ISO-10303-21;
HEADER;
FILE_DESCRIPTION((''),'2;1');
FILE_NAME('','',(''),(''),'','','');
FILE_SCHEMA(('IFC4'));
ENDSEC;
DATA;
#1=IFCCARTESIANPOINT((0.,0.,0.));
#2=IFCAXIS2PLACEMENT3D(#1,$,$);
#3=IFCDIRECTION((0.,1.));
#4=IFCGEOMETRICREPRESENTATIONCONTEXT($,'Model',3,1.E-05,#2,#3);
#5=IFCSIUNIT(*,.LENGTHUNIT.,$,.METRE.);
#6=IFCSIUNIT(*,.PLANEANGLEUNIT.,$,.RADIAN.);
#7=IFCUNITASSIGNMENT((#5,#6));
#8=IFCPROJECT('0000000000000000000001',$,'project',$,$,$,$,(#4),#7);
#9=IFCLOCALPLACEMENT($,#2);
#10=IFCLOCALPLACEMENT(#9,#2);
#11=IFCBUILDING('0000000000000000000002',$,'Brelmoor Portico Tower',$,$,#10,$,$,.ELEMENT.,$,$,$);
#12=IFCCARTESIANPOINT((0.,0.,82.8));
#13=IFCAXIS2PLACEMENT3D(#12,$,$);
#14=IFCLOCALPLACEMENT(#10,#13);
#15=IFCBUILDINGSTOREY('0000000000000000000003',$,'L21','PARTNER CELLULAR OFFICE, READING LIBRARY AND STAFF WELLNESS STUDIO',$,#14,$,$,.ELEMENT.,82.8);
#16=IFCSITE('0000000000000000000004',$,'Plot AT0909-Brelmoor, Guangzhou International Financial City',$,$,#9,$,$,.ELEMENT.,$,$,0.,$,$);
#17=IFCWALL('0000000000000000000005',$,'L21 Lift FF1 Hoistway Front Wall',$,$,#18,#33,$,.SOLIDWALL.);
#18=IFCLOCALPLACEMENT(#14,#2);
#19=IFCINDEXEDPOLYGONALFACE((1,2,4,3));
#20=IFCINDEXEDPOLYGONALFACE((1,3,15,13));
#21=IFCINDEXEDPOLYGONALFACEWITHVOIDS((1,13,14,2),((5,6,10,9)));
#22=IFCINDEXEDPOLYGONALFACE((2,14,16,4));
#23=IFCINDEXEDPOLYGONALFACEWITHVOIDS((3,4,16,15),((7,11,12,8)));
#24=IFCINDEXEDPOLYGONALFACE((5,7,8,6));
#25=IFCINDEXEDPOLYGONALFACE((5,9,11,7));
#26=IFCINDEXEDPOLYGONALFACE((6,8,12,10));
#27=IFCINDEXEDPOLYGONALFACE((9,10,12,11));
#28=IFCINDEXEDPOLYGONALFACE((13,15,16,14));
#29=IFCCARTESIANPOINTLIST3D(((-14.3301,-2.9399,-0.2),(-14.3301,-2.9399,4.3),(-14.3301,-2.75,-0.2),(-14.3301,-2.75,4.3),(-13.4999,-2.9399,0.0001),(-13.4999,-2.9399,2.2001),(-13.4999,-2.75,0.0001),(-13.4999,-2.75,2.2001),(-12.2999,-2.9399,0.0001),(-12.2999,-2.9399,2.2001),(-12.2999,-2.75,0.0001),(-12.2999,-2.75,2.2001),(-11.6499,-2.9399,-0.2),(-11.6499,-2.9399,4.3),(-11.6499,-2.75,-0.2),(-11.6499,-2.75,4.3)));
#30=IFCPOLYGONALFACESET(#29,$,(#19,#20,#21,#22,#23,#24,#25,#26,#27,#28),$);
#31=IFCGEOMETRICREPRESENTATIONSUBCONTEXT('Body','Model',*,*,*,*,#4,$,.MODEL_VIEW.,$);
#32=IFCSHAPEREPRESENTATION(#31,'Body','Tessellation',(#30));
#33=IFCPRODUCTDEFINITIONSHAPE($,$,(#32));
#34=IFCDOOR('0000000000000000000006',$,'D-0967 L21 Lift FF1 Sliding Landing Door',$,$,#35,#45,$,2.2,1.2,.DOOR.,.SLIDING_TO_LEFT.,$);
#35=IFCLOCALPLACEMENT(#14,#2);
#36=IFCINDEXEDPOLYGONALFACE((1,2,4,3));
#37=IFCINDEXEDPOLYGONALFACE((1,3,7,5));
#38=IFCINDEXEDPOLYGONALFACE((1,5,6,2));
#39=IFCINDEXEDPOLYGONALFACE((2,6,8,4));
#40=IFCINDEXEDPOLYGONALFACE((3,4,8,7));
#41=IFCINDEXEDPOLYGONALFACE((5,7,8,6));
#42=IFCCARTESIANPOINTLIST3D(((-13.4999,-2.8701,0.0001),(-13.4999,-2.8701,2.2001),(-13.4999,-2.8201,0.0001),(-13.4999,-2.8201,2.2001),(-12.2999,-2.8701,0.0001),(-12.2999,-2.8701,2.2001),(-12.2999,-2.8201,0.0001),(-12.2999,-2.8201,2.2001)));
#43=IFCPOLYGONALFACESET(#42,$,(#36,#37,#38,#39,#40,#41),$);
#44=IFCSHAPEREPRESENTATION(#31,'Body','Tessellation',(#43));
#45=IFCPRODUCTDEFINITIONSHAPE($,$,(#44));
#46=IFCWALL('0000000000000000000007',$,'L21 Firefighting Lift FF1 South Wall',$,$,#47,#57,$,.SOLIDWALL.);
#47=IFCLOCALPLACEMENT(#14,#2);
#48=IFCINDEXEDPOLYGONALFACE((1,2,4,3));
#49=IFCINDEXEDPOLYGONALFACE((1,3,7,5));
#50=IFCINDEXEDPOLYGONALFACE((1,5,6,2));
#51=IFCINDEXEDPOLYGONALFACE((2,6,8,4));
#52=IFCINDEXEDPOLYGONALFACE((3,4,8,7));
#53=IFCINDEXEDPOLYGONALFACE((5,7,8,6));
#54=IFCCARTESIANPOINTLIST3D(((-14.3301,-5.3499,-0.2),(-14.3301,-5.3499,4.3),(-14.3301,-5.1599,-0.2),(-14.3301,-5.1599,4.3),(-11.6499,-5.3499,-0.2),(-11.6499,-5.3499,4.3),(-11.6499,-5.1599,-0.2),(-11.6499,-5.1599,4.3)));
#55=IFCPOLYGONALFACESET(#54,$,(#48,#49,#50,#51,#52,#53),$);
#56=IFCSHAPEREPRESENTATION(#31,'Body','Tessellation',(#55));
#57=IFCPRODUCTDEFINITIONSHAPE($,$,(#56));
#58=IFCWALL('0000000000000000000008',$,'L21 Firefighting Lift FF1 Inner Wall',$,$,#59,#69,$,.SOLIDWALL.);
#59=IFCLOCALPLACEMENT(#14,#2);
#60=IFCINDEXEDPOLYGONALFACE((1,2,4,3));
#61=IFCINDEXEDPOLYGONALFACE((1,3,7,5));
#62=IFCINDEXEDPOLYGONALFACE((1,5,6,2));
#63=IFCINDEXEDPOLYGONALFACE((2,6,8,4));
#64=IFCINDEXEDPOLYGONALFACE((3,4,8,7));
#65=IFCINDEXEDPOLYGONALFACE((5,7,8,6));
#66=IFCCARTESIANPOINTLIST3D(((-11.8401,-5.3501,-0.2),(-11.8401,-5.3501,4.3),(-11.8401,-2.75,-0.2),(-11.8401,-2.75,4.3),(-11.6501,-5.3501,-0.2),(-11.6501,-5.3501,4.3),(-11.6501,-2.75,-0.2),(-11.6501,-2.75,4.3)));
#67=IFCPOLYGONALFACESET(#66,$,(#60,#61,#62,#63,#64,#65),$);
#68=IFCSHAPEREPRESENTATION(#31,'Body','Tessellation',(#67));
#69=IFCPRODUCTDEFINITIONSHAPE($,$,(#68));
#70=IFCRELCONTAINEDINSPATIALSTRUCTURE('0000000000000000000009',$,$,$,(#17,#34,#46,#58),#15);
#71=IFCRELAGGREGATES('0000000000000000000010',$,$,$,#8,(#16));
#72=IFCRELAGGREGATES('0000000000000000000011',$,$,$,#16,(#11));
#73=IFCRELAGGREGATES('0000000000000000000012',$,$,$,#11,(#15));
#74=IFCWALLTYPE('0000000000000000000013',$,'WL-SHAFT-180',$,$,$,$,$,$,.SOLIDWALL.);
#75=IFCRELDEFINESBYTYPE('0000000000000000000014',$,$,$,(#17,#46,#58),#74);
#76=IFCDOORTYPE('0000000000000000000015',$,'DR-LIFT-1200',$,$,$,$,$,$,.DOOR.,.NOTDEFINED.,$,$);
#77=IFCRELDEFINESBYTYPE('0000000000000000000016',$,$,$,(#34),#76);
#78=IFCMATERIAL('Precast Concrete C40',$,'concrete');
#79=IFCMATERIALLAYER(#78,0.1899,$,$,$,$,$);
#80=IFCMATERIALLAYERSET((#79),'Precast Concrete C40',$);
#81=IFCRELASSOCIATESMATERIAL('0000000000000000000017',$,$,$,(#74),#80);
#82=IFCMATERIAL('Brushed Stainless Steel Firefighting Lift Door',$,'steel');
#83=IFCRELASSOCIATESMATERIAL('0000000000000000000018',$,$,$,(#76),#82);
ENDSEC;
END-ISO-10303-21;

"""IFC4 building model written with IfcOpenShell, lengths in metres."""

from ifc_helpers import new_model, si_unit, direction, frame, frame_2d, origin, place, context, subcontext, project, spatial, rectangle, extrude, material, layer, layer_set, type_object, element, fill, save


model = new_model("IFC4")

# Units and contexts
model_context = context("Model", 3, precision=1e-05, world=origin(), true_north=direction((0.0, 1.0)))
body_context = subcontext(model_context, "Body", "Model", "MODEL_VIEW")
ifc_project = project(units=[si_unit("LENGTHUNIT", "METRE"), si_unit("PLANEANGLEUNIT", "RADIAN")], contexts=[model_context])

# Site, building, storey
site_placement = place(None, origin())
site = spatial("IfcSite", under=ifc_project, at=site_placement, Name="Plot AT0909-Brelmoor, Guangzhou International Financial City", CompositionType="ELEMENT", RefElevation=0.0)
building_placement = place(site_placement, origin())
building = spatial("IfcBuilding", under=site, at=building_placement, Name="Brelmoor Portico Tower", CompositionType="ELEMENT")
storey_placement = place(building_placement, frame((0.0, 0.0, 82.8)))
storey = spatial("IfcBuildingStorey", under=building, at=storey_placement, Name="L21", Description="PARTNER CELLULAR OFFICE, READING LIBRARY AND STAFF WELLNESS STUDIO", CompositionType="ELEMENT", Elevation=82.8)

# Shared definitions
ifc_material_1 = material(Name="Precast Concrete C40", Category="concrete")
ifc_layer_1 = layer(ifc_material_1, 0.1899)
ifc_layer_set_1 = layer_set([ifc_layer_1], Name="Precast Concrete C40")
wall_type_1 = type_object("IfcWallType", Name="WL-SHAFT-180", PredefinedType="SOLIDWALL", material=ifc_layer_set_1)

# Wall, opening, door
wall_1_placement = place(storey_placement, frame((-14.3301, -2.845, -0.2), z_axis=(0.0, 0.0, 1.0), x_axis=(1.0, 0.0, 0.0)))
wall_1 = element("IfcWall", 1, at=wall_1_placement, inside=storey, type_object=wall_type_1, Name="L21 Lift FF1 Hoistway Front Wall", PredefinedType="SOLIDWALL", context=body_context, shape_type="SweptSolid", body=[
    extrude(rectangle(XDim=2.6802, YDim=0.1899, at=frame_2d((1.3401, 0.0))), origin(), (0.0, 0.0, 1.0), 4.5),
])
opening_1_placement = place(wall_1_placement, frame((0.8301, 0.0, 0.2)))
opening_1 = element("IfcOpeningElement", 2, at=opening_1_placement, cuts=wall_1, PredefinedType="OPENING", context=body_context, shape_type="SweptSolid", body=[
    extrude(rectangle(XDim=1.2, YDim=2.2, at=frame_2d((0.6001, 1.1001))), frame((0.0, 0.105, 0.0), z_axis=(0.0, -1.0, 0.0), x_axis=(1.0, 0.0, 0.0)), (0.0, 0.0, 1.0), 0.21),
])
ifc_material_2 = material(Name="Brushed Stainless Steel Firefighting Lift Door", Category="steel")
door_type_1 = type_object("IfcDoorType", Name="DR-LIFT-1200", OperationType="NOTDEFINED", PredefinedType="DOOR", material=ifc_material_2)
door_1_placement = place(opening_1_placement, origin())
door_1 = element("IfcDoor", 3, at=door_1_placement, inside=storey, type_object=door_type_1, Name="D-0967 L21 Lift FF1 Sliding Landing Door", OperationType="SLIDING_TO_LEFT", OverallHeight=2.2, OverallWidth=1.2, PredefinedType="DOOR", context=body_context, shape_type="SweptSolid", body=[
    extrude(rectangle(XDim=1.2, YDim=2.2, at=frame_2d((0.6001, 1.1001))), frame((0.0, 0.0249, 0.0), z_axis=(0.0, -1.0, 0.0), x_axis=(1.0, 0.0, 0.0)), (0.0, 0.0, 1.0), 0.05),
])
fill(opening_1, door_1)

# Walls
wall_2_placement = place(storey_placement, frame((-14.3301, -5.2549, -0.2), z_axis=(0.0, 0.0, 1.0), x_axis=(1.0, 0.0, 0.0)))
element("IfcWall", 4, at=wall_2_placement, inside=storey, type_object=wall_type_1, Name="L21 Firefighting Lift FF1 South Wall", PredefinedType="SOLIDWALL", context=body_context, shape_type="SweptSolid", body=[
    extrude(rectangle(XDim=2.6802, YDim=0.1899, at=frame_2d((1.3401, 0.0))), origin(), (0.0, 0.0, 1.0), 4.5),
])
wall_3_placement = place(storey_placement, frame((-11.7451, -5.3501, -0.2), z_axis=(0.0, 0.0, 1.0), x_axis=(0.0, 1.0, 0.0)))
element("IfcWall", 5, at=wall_3_placement, inside=storey, type_object=wall_type_1, Name="L21 Firefighting Lift FF1 Inner Wall", PredefinedType="SOLIDWALL", context=body_context, shape_type="SweptSolid", body=[
    extrude(rectangle(XDim=2.6001, YDim=0.1899, at=frame_2d((1.3, 0.0))), origin(), (0.0, 0.0, 1.0), 4.5),
])

save(model, "model.ifc")
